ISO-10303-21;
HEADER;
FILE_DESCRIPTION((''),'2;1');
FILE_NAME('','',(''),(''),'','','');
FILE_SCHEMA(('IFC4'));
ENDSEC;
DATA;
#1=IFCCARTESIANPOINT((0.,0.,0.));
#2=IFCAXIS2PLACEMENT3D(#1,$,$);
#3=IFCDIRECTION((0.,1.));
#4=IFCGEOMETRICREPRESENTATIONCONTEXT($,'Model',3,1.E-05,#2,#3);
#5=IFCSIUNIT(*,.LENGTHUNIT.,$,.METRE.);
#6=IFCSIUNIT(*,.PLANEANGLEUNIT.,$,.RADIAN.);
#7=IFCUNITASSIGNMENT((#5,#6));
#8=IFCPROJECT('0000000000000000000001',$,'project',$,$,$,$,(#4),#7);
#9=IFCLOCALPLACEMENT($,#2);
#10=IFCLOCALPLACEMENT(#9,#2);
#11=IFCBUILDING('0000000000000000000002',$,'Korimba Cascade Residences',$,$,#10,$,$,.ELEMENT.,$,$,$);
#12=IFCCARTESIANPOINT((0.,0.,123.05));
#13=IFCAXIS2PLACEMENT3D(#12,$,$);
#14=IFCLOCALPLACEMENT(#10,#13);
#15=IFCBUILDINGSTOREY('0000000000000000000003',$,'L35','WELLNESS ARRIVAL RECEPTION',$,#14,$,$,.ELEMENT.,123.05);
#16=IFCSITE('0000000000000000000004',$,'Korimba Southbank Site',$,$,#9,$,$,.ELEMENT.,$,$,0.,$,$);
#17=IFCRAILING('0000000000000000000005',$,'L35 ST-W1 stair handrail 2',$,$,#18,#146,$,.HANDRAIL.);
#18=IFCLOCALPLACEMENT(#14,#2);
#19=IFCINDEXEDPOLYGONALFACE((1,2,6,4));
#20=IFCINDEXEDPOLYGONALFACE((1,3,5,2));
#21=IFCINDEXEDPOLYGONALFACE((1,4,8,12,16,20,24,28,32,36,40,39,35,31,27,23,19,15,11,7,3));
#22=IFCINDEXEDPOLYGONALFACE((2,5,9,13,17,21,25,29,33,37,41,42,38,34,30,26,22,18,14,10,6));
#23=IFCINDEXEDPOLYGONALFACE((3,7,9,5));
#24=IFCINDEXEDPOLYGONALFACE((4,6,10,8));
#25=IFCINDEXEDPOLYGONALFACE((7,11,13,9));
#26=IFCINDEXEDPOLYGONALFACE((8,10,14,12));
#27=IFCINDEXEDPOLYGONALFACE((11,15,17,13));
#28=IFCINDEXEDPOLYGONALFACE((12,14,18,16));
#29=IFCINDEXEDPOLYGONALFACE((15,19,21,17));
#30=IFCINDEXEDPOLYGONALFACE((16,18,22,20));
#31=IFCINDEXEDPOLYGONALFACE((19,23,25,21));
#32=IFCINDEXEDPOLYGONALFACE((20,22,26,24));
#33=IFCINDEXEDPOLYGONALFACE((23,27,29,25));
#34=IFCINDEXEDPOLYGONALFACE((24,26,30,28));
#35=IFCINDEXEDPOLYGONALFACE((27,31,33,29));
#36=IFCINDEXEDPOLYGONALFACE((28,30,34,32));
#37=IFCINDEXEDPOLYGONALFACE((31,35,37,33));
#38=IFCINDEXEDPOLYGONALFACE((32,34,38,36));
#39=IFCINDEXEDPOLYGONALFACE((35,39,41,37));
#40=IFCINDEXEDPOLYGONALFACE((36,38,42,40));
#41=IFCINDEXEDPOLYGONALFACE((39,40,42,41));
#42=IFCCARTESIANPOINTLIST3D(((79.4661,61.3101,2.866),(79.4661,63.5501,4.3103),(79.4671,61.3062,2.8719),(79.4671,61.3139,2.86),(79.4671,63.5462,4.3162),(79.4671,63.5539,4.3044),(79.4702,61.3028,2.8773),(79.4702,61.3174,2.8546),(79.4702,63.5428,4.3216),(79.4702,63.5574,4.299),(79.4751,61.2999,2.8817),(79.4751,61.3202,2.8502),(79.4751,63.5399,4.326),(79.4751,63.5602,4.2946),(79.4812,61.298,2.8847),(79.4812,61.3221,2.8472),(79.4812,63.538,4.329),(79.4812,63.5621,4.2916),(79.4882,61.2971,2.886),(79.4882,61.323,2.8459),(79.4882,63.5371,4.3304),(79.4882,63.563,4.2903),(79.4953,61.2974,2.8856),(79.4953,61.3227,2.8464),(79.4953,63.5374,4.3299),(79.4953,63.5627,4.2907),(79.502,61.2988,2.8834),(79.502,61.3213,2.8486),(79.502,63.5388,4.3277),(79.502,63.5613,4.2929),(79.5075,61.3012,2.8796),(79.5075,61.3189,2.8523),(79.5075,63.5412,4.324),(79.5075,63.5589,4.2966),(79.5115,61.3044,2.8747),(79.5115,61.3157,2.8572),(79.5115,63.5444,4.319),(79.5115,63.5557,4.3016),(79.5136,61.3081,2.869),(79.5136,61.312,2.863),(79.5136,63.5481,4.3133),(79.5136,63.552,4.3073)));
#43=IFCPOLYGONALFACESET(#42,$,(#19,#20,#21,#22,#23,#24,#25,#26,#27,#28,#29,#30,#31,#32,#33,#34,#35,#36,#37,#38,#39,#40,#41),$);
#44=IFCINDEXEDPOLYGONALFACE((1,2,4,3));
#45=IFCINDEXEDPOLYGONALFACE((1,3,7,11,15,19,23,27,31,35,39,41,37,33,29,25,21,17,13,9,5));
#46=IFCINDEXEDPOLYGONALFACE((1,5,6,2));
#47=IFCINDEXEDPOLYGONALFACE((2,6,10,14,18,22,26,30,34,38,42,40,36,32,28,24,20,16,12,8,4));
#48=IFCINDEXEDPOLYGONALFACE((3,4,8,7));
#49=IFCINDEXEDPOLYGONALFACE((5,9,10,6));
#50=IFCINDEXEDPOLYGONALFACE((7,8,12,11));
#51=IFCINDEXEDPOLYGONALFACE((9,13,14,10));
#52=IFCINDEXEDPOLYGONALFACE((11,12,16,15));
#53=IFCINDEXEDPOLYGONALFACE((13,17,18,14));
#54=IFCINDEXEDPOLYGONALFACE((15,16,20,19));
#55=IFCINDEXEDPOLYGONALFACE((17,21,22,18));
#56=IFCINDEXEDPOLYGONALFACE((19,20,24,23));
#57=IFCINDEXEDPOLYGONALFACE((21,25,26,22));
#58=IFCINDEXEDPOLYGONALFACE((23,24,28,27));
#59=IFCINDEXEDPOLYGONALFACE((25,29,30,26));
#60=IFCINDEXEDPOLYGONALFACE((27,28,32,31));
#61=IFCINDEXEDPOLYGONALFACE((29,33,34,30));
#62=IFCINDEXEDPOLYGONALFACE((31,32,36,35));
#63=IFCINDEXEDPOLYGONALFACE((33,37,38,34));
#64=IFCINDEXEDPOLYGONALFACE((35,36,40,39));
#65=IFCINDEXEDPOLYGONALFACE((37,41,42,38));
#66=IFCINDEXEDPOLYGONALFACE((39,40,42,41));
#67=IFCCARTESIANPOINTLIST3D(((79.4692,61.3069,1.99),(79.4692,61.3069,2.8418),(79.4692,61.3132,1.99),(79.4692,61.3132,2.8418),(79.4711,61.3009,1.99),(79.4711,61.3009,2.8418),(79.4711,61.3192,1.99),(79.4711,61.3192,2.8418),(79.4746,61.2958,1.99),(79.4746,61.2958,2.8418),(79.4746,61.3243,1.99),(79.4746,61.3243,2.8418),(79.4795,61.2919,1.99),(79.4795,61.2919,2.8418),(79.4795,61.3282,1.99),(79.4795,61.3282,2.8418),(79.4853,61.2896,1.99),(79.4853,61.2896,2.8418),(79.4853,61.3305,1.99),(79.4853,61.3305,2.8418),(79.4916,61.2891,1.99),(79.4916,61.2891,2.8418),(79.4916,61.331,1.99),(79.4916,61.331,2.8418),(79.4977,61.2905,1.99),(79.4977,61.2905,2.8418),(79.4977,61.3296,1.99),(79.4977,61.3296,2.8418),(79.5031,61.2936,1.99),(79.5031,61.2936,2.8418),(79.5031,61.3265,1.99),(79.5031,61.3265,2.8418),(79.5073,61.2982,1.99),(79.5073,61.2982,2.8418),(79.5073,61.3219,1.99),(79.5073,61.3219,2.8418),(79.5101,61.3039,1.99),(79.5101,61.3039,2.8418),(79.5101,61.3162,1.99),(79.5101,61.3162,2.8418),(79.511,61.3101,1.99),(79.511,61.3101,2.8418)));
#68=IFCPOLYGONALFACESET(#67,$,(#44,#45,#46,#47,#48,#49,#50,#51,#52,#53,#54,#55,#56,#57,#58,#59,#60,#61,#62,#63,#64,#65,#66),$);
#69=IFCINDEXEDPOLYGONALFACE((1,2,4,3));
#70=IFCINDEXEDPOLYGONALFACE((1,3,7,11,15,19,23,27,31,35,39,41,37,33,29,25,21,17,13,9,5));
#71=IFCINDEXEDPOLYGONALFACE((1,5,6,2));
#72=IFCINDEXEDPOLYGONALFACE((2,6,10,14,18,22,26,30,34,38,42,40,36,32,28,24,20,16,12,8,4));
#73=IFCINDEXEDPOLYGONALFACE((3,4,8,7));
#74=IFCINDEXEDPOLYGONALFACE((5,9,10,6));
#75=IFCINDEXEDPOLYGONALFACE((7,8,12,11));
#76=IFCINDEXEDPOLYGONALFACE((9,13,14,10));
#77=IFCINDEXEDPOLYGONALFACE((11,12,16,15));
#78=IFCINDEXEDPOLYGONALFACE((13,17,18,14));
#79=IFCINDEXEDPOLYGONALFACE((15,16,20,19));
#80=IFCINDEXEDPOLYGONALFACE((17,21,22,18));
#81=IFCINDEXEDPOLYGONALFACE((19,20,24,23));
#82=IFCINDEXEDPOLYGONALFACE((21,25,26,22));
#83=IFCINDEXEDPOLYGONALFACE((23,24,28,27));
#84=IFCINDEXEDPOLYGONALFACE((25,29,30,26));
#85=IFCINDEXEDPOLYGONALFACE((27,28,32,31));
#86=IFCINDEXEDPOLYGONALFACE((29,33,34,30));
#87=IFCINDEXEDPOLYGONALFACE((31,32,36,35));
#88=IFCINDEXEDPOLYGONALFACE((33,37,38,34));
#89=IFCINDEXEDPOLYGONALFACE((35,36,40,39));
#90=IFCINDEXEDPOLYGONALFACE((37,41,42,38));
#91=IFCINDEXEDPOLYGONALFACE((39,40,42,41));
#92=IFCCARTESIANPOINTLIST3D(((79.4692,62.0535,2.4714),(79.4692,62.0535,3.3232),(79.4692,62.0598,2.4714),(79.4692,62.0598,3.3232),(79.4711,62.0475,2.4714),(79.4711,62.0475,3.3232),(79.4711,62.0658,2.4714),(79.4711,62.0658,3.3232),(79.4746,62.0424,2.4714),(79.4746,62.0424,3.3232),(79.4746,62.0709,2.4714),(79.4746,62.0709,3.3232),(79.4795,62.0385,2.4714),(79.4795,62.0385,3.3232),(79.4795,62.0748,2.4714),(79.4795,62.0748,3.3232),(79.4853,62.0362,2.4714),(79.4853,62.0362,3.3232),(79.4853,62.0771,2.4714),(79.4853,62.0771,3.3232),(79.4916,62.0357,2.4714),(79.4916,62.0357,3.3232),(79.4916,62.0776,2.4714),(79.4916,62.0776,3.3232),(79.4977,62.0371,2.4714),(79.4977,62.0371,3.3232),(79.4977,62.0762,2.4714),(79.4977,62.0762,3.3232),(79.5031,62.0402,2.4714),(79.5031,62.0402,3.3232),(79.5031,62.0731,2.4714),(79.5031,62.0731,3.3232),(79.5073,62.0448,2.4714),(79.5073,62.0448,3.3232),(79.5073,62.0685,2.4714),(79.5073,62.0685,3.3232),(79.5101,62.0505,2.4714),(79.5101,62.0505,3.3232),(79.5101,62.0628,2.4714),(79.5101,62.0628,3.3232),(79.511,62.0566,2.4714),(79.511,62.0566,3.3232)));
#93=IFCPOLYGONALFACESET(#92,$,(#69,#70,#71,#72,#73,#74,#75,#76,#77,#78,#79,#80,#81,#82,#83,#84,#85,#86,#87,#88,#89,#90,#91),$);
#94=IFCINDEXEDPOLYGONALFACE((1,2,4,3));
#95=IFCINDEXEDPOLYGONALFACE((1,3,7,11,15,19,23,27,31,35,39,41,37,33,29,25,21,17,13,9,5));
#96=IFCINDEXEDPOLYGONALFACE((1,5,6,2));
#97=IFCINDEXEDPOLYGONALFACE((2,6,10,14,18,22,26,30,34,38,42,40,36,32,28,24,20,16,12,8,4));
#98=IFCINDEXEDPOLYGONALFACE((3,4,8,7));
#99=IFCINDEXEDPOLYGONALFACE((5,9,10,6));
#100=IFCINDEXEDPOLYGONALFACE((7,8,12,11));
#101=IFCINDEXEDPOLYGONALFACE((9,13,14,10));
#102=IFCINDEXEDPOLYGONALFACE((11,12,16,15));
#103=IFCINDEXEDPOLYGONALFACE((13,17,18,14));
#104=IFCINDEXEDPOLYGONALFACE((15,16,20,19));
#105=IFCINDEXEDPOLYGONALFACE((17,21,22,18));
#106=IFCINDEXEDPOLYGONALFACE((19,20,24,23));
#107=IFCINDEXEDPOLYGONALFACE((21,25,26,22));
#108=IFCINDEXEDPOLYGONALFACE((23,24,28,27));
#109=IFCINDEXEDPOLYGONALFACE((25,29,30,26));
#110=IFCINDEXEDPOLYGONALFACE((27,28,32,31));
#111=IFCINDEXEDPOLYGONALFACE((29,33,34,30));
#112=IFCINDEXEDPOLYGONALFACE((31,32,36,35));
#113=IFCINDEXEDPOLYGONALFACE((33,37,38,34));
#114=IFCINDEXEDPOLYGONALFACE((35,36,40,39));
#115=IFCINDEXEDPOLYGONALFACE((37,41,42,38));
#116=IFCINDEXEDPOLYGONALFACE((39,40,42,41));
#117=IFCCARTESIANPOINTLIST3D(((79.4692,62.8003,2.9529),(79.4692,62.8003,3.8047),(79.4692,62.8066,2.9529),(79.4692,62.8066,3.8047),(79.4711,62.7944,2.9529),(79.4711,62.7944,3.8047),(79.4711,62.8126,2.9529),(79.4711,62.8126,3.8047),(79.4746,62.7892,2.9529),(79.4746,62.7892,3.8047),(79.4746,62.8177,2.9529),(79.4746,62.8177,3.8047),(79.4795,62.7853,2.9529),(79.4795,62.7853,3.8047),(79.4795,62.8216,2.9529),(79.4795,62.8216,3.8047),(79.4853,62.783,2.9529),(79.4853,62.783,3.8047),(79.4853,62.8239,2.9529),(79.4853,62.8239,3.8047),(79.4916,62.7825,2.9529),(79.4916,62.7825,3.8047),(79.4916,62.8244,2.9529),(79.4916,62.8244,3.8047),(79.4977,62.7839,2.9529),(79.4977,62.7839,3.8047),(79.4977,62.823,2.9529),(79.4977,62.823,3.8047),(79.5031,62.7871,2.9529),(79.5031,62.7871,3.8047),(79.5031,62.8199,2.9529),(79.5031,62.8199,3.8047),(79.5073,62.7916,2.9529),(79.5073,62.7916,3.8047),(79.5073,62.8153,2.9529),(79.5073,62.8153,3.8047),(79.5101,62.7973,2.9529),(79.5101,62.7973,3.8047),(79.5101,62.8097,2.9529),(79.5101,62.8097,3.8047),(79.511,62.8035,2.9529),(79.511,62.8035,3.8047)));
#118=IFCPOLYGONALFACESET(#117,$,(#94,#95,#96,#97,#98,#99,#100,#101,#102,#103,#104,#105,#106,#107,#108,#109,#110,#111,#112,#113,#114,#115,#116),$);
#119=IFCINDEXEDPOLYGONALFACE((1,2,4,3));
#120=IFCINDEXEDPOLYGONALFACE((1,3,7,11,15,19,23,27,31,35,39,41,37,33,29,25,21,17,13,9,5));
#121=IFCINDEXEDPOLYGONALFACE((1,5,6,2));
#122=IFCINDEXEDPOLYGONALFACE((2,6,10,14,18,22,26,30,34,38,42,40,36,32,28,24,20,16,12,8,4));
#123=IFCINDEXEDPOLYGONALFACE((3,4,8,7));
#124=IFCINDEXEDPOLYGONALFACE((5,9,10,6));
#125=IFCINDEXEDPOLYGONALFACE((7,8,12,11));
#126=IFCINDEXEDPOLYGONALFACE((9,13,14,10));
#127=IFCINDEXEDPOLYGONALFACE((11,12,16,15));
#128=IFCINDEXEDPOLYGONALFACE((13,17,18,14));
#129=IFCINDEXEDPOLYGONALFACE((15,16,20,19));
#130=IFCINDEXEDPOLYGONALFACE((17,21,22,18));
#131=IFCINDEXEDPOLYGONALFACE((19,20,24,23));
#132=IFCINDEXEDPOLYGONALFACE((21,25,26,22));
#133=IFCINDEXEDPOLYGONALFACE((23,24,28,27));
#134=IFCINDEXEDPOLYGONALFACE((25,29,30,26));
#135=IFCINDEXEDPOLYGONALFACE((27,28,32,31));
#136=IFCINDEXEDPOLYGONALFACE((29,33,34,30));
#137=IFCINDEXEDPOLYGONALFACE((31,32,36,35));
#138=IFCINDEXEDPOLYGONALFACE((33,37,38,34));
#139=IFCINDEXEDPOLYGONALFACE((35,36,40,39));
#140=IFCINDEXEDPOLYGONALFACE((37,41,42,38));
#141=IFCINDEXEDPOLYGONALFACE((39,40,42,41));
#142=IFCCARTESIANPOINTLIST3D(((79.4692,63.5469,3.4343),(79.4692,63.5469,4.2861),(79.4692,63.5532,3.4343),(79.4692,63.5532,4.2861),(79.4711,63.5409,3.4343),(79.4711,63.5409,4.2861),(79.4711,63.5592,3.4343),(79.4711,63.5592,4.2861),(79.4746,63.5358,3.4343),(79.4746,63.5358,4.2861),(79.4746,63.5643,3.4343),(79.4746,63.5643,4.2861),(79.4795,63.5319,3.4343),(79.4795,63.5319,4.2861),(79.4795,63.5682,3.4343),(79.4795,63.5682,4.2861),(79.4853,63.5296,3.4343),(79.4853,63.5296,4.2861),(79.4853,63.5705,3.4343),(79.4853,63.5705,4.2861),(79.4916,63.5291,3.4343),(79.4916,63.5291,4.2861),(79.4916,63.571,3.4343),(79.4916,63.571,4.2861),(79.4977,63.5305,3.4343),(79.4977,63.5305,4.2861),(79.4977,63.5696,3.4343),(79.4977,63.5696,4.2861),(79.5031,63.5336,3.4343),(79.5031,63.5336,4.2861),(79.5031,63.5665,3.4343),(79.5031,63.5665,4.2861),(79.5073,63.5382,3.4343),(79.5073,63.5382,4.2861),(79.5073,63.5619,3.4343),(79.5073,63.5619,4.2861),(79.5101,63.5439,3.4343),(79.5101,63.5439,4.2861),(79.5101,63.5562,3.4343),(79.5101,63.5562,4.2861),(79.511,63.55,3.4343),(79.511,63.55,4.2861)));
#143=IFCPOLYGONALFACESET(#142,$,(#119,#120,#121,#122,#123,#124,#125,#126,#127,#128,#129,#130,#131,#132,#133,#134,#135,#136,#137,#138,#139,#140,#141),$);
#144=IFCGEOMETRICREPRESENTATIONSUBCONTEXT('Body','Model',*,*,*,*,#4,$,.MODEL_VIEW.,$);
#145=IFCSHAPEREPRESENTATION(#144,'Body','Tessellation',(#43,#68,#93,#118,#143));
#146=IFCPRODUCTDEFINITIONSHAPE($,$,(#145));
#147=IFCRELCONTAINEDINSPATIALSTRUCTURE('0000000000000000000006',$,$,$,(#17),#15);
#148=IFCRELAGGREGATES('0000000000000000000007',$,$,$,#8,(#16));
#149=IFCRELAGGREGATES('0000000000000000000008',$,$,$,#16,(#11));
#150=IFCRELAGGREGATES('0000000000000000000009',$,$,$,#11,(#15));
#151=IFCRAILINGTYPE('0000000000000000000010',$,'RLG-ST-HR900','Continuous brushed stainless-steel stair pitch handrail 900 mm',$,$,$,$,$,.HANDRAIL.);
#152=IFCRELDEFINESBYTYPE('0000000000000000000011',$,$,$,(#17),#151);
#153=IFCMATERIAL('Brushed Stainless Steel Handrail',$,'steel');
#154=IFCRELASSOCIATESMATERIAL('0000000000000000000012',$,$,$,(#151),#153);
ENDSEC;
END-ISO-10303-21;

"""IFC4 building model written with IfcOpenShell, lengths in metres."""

from ifc_helpers import new_model, si_unit, direction, frame, origin, origin_2d, place, context, subcontext, project, spatial, circle, extrude, material, type_object, element, save


model = new_model("IFC4")

# Units and contexts
model_context = context("Model", 3, precision=1e-05, world=origin(), true_north=direction((0.0, 1.0)))
body_context = subcontext(model_context, "Body", "Model", "MODEL_VIEW")
ifc_project = project(units=[si_unit("LENGTHUNIT", "METRE"), si_unit("PLANEANGLEUNIT", "RADIAN")], contexts=[model_context])

# Site, building, storey
site_placement = place(None, origin())
site = spatial("IfcSite", under=ifc_project, at=site_placement, Name="Korimba Southbank Site", CompositionType="ELEMENT", RefElevation=0.0)
building_placement = place(site_placement, origin())
building = spatial("IfcBuilding", under=site, at=building_placement, Name="Korimba Cascade Residences", CompositionType="ELEMENT")
storey_placement = place(building_placement, frame((0.0, 0.0, 123.05)))
storey = spatial("IfcBuildingStorey", under=building, at=storey_placement, Name="L35", Description="WELLNESS ARRIVAL RECEPTION", CompositionType="ELEMENT", Elevation=123.05)

# Railing
ifc_material_1 = material(Name="Brushed Stainless Steel Handrail", Category="steel")
railing_type_1 = type_object("IfcRailingType", Name="RLG-ST-HR900", Description="Continuous brushed stainless-steel stair pitch handrail 900 mm", PredefinedType="HANDRAIL", material=ifc_material_1)
railing_1_placement = place(storey_placement, frame((79.49, 61.3101, 1.99)))
element("IfcRailing", 1, at=railing_1_placement, inside=storey, type_object=railing_type_1, Name="L35 ST-W1 stair handrail 2", PredefinedType="HANDRAIL", context=body_context, shape_type="SweptSolid", body=[
    extrude(circle(Radius=0.0239, at=origin_2d()), frame((0.0, 0.0, 0.876), z_axis=(0.0, 0.840437, 0.54191), x_axis=(-1.0, 0.0, 0.0)), (0.0, 0.0, 1.0), 2.6653),
    extrude(circle(Radius=0.021, at=origin_2d()), origin(), (0.0, 0.0, 1.0), 0.8518),
    extrude(circle(Radius=0.021, at=origin_2d()), frame((0.0, 0.7466, 0.4814)), (0.0, 0.0, 1.0), 0.8518),
    extrude(circle(Radius=0.021, at=origin_2d()), frame((0.0, 1.4934, 0.9629)), (0.0, 0.0, 1.0), 0.8518),
    extrude(circle(Radius=0.021, at=origin_2d()), frame((0.0, 2.24, 1.4443)), (0.0, 0.0, 1.0), 0.8518),
])

save(model, "model.ifc")
